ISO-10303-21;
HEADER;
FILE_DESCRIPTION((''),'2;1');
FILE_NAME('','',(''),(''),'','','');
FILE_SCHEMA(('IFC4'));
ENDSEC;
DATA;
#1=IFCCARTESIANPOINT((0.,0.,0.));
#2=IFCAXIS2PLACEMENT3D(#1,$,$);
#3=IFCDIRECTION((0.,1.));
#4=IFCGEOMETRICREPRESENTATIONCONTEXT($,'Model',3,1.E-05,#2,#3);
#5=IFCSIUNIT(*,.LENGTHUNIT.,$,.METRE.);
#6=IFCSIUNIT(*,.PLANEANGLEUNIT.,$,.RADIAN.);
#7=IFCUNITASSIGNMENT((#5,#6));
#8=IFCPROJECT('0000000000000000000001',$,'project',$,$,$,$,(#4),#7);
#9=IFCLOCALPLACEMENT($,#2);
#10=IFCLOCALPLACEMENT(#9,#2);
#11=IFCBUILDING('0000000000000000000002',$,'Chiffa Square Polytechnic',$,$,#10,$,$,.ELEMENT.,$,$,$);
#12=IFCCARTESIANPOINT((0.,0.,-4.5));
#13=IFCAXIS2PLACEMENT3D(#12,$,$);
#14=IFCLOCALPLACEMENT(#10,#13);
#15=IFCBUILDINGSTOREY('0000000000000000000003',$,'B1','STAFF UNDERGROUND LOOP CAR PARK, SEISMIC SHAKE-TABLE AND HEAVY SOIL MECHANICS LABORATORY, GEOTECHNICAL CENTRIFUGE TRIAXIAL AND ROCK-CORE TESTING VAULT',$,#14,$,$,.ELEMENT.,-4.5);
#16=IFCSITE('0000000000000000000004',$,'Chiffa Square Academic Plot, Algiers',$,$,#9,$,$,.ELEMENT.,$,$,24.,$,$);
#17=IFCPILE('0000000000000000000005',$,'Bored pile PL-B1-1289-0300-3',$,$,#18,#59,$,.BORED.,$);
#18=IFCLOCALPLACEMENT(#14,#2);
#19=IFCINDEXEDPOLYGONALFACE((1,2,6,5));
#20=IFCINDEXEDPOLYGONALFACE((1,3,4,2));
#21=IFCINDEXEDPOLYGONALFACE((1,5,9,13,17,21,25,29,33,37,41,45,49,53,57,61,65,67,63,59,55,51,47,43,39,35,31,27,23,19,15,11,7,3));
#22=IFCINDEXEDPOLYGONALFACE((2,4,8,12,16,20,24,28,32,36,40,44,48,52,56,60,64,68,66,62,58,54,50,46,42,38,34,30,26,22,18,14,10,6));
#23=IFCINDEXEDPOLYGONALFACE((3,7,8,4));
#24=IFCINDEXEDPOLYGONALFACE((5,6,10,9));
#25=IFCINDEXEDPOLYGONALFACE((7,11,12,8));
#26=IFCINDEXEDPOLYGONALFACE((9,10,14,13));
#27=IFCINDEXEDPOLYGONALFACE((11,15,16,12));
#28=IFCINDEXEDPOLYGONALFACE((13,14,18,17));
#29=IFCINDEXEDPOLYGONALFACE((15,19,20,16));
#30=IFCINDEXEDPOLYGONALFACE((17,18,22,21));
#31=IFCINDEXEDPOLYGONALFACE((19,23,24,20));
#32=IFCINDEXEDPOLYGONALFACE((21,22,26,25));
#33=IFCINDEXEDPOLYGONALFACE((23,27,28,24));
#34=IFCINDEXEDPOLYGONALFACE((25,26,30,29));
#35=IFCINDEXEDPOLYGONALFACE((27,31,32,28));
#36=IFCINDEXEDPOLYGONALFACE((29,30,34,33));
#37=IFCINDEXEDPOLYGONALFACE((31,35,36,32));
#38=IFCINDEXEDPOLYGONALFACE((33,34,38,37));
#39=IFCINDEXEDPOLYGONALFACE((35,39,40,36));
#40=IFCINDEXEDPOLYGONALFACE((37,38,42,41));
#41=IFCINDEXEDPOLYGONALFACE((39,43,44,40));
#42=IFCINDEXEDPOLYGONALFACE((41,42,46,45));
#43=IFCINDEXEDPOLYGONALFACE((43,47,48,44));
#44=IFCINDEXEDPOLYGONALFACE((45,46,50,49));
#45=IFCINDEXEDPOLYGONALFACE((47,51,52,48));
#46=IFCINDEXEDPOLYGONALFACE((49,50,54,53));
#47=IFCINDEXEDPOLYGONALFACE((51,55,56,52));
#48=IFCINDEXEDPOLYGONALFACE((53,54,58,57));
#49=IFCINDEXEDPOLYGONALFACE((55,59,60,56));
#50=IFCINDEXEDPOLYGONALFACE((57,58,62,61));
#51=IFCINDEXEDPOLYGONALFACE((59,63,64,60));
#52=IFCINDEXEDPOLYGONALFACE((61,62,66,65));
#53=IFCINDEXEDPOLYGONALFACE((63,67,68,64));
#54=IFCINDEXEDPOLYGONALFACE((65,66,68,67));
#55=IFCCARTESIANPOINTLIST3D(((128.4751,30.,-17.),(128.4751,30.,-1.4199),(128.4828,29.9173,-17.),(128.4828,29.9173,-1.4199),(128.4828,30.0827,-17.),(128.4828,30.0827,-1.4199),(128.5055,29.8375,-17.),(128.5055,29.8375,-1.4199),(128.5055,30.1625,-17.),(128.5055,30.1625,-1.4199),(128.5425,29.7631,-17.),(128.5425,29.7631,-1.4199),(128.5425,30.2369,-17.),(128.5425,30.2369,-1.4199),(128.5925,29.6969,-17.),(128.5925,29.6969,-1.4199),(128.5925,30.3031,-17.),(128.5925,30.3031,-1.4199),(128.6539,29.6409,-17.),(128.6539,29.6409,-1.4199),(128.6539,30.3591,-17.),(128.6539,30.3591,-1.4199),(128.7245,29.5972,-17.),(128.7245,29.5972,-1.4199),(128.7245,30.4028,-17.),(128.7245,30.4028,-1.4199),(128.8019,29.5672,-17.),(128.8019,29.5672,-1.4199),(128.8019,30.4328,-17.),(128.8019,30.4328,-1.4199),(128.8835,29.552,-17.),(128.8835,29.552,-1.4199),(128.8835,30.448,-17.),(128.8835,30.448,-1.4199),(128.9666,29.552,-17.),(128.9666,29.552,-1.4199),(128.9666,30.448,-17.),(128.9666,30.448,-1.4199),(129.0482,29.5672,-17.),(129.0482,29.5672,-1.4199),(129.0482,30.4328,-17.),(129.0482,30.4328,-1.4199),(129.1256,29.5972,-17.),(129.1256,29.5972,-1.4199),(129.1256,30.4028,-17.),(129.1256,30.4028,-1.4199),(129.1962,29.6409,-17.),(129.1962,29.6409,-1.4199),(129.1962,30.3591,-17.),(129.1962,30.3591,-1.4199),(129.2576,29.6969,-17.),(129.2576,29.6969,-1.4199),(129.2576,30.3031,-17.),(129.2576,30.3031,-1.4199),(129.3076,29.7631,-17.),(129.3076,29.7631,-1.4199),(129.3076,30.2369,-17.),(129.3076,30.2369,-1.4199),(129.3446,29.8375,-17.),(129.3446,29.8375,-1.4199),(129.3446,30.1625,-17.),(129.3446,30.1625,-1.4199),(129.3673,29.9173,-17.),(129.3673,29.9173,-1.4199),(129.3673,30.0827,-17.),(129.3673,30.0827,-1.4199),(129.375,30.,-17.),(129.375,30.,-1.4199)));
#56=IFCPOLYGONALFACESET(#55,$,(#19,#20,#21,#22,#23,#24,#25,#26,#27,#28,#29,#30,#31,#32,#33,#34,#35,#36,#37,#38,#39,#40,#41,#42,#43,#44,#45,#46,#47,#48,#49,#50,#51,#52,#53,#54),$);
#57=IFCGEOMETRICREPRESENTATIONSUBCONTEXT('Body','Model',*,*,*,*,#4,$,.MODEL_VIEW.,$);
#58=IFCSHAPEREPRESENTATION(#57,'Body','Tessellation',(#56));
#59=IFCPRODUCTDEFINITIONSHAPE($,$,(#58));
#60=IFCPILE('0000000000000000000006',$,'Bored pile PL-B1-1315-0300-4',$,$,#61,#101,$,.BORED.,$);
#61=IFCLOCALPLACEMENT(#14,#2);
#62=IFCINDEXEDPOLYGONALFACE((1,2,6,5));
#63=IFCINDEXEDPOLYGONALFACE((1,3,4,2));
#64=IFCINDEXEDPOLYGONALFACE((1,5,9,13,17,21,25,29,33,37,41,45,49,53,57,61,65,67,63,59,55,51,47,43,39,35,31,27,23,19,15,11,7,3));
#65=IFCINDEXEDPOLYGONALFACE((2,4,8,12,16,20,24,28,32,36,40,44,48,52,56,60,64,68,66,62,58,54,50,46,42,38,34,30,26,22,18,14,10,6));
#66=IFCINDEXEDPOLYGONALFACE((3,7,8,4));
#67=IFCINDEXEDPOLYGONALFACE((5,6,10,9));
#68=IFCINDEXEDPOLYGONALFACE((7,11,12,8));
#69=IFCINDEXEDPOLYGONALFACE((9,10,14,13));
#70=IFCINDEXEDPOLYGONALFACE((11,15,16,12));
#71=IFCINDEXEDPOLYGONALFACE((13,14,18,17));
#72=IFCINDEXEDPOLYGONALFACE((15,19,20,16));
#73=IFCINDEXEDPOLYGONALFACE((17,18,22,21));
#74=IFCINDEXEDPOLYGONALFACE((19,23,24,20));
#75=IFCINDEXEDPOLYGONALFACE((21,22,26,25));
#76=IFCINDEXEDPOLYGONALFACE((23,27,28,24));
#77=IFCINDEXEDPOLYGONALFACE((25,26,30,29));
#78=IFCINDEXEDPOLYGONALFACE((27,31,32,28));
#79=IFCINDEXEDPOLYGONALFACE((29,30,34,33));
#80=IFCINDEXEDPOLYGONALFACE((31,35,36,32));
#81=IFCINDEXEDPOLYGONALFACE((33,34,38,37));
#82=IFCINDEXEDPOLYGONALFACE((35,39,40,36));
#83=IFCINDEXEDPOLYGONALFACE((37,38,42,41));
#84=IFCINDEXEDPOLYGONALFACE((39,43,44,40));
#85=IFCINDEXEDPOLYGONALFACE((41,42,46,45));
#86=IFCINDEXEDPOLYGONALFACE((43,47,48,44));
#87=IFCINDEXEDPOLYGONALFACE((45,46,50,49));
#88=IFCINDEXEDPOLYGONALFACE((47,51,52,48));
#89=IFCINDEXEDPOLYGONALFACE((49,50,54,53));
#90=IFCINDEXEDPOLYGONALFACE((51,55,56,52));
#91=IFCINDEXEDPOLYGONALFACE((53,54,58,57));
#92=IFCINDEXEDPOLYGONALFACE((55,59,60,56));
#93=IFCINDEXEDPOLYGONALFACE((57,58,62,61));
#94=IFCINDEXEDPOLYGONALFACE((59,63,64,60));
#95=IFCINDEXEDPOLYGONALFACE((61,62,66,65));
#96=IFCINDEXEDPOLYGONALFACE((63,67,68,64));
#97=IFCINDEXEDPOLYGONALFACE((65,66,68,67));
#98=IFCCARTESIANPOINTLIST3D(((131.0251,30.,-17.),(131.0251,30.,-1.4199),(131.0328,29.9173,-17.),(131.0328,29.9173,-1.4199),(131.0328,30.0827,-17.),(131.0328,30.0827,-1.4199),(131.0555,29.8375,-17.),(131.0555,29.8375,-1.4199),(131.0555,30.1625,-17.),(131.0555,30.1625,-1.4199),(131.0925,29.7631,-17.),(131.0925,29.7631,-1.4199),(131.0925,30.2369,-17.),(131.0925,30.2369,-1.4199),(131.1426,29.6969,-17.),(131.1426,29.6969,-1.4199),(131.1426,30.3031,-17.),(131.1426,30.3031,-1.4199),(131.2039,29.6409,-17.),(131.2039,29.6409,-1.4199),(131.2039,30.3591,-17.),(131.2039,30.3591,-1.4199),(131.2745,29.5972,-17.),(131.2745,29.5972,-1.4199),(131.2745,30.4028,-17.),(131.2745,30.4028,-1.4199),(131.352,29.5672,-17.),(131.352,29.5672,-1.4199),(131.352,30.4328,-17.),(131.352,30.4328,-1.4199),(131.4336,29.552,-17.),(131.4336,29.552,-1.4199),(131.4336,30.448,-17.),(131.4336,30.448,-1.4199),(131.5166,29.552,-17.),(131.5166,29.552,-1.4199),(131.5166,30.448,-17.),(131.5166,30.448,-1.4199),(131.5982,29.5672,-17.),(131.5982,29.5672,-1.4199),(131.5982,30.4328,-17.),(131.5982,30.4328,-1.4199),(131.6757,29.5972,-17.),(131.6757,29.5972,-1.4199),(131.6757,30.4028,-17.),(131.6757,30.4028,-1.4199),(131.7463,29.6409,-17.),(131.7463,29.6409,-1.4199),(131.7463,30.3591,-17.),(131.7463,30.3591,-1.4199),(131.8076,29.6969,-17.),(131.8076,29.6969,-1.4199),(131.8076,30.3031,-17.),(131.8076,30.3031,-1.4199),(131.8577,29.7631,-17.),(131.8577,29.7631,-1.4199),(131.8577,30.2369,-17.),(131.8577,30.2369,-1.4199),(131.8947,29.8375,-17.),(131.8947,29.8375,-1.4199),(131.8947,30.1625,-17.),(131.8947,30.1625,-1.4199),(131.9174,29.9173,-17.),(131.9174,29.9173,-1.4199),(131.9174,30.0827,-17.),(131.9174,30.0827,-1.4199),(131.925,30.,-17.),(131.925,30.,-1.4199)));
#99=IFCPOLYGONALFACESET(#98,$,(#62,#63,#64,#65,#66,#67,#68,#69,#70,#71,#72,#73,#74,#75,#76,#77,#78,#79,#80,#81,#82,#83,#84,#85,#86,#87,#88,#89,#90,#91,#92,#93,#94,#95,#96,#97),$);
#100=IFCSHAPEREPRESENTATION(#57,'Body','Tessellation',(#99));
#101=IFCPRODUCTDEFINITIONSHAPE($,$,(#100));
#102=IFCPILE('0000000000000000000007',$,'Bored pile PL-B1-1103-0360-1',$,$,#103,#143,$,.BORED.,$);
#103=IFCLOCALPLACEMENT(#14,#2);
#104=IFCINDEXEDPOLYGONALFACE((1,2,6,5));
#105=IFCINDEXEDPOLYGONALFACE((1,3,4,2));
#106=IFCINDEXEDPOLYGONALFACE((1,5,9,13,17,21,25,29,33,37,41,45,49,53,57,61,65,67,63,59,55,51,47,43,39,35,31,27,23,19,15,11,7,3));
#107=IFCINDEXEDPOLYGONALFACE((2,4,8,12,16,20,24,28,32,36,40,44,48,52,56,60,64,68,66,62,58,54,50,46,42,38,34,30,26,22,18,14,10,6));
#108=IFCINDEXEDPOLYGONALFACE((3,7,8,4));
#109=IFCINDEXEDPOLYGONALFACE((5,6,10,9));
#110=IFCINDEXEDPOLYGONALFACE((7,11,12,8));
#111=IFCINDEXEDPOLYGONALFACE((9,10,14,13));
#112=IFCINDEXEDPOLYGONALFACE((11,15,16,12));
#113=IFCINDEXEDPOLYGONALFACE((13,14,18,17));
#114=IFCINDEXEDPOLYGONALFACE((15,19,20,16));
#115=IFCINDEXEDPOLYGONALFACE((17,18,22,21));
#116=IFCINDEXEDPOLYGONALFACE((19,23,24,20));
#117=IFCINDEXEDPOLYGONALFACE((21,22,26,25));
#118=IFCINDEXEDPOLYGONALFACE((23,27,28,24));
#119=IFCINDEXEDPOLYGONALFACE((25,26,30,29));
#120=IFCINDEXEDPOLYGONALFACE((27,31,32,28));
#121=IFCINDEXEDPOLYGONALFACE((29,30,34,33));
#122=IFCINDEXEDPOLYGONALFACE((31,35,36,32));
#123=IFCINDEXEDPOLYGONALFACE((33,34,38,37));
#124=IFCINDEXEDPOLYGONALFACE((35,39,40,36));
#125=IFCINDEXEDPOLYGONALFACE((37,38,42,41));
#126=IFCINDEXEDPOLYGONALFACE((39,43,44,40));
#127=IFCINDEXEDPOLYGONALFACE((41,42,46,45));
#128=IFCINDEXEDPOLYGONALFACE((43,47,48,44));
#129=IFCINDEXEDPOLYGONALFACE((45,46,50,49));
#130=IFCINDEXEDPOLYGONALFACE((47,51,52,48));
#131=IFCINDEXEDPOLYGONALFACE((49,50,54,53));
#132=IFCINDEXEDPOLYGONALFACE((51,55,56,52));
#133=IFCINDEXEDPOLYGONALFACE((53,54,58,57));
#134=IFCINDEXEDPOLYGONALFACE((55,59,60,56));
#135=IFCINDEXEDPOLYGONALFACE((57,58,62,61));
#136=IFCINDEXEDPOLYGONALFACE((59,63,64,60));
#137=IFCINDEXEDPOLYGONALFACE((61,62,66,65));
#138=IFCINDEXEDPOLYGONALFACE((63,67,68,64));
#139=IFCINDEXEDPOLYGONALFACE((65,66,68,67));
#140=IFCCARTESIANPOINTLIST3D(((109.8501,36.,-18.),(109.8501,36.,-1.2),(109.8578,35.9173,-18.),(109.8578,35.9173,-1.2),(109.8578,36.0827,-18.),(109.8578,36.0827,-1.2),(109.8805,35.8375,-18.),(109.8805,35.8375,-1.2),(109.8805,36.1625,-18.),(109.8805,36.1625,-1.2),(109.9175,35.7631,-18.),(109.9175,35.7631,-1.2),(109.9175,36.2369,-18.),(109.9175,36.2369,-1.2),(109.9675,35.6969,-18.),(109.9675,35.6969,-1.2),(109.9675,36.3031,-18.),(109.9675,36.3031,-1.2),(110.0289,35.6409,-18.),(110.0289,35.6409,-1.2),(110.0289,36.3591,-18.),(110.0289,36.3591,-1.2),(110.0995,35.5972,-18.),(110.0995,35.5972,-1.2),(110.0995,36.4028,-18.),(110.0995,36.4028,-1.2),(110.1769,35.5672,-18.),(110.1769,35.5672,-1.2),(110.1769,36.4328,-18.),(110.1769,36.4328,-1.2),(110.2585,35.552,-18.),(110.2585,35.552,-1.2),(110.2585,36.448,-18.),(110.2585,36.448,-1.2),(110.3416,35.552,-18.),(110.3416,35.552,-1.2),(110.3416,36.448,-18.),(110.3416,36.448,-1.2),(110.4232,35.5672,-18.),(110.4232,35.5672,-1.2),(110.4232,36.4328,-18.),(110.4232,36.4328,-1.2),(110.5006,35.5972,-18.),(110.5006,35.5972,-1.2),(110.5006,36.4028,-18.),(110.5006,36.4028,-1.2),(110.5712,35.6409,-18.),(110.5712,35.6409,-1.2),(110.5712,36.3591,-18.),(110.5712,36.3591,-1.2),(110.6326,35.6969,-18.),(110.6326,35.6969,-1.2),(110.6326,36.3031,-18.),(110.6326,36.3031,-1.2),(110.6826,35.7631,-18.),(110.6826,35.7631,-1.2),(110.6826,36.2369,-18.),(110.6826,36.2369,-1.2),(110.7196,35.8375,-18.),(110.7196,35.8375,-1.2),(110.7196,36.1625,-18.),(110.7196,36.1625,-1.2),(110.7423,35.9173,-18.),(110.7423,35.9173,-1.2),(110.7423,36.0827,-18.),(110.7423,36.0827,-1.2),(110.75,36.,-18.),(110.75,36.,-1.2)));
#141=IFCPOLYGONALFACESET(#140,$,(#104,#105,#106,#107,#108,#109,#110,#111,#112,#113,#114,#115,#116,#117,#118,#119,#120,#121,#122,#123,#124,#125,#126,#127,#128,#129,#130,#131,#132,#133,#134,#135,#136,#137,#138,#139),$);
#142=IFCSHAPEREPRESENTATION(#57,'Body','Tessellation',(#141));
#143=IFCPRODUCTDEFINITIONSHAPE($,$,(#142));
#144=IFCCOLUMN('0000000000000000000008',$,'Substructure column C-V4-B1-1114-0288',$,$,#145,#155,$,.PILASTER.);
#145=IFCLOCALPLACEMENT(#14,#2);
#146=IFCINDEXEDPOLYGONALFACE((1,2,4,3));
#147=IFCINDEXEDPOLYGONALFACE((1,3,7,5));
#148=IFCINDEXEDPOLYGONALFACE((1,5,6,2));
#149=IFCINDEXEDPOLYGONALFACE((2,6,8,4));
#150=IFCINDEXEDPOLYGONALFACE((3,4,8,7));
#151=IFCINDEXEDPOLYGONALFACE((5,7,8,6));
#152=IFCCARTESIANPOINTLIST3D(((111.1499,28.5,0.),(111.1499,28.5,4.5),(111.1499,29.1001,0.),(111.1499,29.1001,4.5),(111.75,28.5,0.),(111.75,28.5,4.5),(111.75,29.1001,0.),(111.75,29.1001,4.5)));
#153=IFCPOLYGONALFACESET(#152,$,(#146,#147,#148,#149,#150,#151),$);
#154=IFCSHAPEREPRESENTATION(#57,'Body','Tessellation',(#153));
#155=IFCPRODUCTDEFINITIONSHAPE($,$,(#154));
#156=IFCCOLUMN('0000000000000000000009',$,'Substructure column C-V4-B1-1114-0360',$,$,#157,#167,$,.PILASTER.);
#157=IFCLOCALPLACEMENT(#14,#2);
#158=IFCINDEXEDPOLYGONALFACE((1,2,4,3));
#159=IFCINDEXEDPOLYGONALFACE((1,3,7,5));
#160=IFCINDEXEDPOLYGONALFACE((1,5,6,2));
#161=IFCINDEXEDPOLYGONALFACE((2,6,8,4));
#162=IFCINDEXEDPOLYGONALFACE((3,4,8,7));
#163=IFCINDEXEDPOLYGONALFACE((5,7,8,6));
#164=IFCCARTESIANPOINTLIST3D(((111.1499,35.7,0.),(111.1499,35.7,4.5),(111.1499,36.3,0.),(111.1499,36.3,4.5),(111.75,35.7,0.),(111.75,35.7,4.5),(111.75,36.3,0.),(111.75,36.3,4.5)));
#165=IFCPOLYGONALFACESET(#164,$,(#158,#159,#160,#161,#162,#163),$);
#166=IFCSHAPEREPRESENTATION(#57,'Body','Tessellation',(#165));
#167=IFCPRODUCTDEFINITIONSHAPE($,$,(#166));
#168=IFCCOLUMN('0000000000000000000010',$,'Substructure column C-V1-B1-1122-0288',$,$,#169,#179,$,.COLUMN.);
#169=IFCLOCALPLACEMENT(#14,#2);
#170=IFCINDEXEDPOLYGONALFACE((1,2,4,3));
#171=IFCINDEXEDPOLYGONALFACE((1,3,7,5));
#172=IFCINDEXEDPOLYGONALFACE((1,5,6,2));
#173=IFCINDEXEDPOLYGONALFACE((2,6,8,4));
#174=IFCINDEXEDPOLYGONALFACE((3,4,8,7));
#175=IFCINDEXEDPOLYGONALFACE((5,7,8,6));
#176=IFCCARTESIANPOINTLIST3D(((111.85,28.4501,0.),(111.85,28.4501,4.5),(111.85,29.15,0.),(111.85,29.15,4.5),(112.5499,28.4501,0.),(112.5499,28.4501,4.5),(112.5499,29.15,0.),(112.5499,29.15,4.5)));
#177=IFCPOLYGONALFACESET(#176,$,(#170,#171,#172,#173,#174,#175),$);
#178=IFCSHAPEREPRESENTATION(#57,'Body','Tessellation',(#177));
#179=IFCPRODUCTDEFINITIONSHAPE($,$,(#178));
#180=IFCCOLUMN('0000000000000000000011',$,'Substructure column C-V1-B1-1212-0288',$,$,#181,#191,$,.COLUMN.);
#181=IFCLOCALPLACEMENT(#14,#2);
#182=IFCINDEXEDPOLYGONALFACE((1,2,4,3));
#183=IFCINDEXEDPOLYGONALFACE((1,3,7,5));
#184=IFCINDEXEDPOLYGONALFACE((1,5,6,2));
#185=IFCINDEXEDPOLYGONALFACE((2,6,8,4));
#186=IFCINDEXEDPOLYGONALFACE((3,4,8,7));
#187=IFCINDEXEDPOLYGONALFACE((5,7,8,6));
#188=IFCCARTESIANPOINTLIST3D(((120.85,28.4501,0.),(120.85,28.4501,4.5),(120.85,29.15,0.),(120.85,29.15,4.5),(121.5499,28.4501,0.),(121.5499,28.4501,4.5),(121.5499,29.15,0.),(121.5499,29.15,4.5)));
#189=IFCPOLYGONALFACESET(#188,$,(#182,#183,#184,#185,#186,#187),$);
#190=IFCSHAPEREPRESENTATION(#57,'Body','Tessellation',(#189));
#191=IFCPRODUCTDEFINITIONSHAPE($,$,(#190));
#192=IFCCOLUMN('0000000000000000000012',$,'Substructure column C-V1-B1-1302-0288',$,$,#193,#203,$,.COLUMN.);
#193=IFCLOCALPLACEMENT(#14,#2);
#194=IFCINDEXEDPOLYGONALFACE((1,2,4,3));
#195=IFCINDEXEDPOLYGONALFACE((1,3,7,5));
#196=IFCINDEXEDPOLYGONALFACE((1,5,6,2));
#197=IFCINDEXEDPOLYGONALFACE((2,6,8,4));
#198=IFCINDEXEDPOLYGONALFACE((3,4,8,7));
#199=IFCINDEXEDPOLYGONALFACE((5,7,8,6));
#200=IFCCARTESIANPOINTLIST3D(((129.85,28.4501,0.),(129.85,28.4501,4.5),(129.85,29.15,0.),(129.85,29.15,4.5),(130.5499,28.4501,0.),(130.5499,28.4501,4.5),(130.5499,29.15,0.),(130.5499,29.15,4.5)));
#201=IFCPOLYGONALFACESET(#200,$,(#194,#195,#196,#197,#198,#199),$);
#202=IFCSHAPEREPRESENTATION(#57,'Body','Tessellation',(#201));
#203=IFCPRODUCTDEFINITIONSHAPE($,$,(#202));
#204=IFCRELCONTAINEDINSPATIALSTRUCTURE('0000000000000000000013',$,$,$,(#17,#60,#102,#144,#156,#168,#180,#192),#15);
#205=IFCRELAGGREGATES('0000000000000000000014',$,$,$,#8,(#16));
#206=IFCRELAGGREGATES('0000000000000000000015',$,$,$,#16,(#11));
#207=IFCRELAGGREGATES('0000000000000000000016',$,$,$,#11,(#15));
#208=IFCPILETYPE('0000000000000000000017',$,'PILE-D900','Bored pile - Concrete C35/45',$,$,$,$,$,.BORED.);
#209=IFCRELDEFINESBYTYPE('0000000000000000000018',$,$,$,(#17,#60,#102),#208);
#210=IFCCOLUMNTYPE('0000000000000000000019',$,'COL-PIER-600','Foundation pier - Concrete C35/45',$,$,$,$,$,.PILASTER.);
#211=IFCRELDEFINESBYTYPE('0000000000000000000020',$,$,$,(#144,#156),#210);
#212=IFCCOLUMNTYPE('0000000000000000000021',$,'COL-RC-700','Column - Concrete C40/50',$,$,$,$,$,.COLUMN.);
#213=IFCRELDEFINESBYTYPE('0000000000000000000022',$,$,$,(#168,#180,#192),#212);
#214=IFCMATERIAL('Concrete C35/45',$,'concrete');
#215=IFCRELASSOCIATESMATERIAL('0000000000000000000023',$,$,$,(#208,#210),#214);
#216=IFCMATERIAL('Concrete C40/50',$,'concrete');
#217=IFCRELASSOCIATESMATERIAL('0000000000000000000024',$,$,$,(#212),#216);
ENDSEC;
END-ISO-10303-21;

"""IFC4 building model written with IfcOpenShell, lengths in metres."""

from ifc_helpers import new_model, si_unit, direction, frame, origin, origin_2d, place, context, subcontext, project, spatial, rectangle, circle, extrude, material, material_profile, profile_set, type_object, element, save


model = new_model("IFC4")

# Units and contexts
model_context = context("Model", 3, precision=1e-05, world=origin(), true_north=direction((0.0, 1.0)))
body_context = subcontext(model_context, "Body", "Model", "MODEL_VIEW")
ifc_project = project(units=[si_unit("LENGTHUNIT", "METRE"), si_unit("PLANEANGLEUNIT", "RADIAN")], contexts=[model_context])

# Site, building, storey
site_placement = place(None, origin())
site = spatial("IfcSite", under=ifc_project, at=site_placement, Name="Chiffa Square Academic Plot, Algiers", CompositionType="ELEMENT", RefElevation=24.0)
building_placement = place(site_placement, origin())
building = spatial("IfcBuilding", under=site, at=building_placement, Name="Chiffa Square Polytechnic", CompositionType="ELEMENT")
storey_placement = place(building_placement, frame((0.0, 0.0, -4.5)))
storey = spatial("IfcBuildingStorey", under=building, at=storey_placement, Name="B1", Description="STAFF UNDERGROUND LOOP CAR PARK, SEISMIC SHAKE-TABLE AND HEAVY SOIL MECHANICS LABORATORY, GEOTECHNICAL CENTRIFUGE TRIAXIAL AND ROCK-CORE TESTING VAULT", CompositionType="ELEMENT", Elevation=-4.5)

# Shared definitions
ifc_material_1 = material(Name="Concrete C35/45", Category="concrete")

# Piles
ifc_material_profile_1 = material_profile(ifc_material_1, circle(Radius=0.45, at=origin_2d()), Name="PILE D900")
ifc_profile_set_1 = profile_set([ifc_material_profile_1], Name="Concrete C35/45")
pile_type_1 = type_object("IfcPileType", Name="PILE-D900", Description="Bored pile - Concrete C35/45", PredefinedType="BORED", material=ifc_profile_set_1)
for number, where, z_axis, x_axis, name in (
    (1, (128.925, 30.0, -1.4199), (0.0, 0.0, -1.0), (1.0, 0.0, 0.0), "Bored pile PL-B1-1289-0300-3"),
    (2, (131.4751, 30.0, -1.4199), (0.0, 0.0, -1.0), (1.0, 0.0, 0.0), "Bored pile PL-B1-1315-0300-4"),
):
    element("IfcPile", number, at=place(storey_placement, frame(where, z_axis=z_axis, x_axis=x_axis)), inside=storey, type_object=pile_type_1, Name=name, PredefinedType="BORED", context=body_context, shape_type="SweptSolid", body=[
        extrude(circle(Radius=0.45, at=origin_2d()), origin(), (0.0, 0.0, 1.0), 15.5801),
    ])
pile_placement = place(storey_placement, frame((110.3, 36.0, -1.2), z_axis=(0.0, 0.0, -1.0), x_axis=(1.0, 0.0, 0.0)))
element("IfcPile", 3, at=pile_placement, inside=storey, type_object=pile_type_1, Name="Bored pile PL-B1-1103-0360-1", PredefinedType="BORED", context=body_context, shape_type="SweptSolid", body=[
    extrude(circle(Radius=0.45, at=origin_2d()), origin(), (0.0, 0.0, 1.0), 16.8),
])

# Columns
ifc_material_profile_2 = material_profile(ifc_material_1, rectangle(XDim=0.6001, YDim=0.6001, at=origin_2d()), Name="RC 600x600")
ifc_profile_set_2 = profile_set([ifc_material_profile_2], Name="Concrete C35/45")
column_type_1 = type_object("IfcColumnType", Name="COL-PIER-600", Description="Foundation pier - Concrete C35/45", PredefinedType="PILASTER", material=ifc_profile_set_2)
for number, where, z_axis, x_axis, name in (
    (4, (111.45, 28.8, 0.0), (0.0, 0.0, 1.0), (1.0, 0.0, 0.0), "Substructure column C-V4-B1-1114-0288"),
    (5, (111.45, 36.0, 0.0), (0.0, 0.0, 1.0), (1.0, 0.0, 0.0), "Substructure column C-V4-B1-1114-0360"),
):
    element("IfcColumn", number, at=place(storey_placement, frame(where, z_axis=z_axis, x_axis=x_axis)), inside=storey, type_object=column_type_1, Name=name, PredefinedType="PILASTER", context=body_context, shape_type="SweptSolid", body=[
        extrude(rectangle(XDim=0.6001, YDim=0.6001, at=origin_2d()), origin(), (0.0, 0.0, 1.0), 4.5),
    ])
ifc_material_2 = material(Name="Concrete C40/50", Category="concrete")
ifc_material_profile_3 = material_profile(ifc_material_2, rectangle(XDim=0.7, YDim=0.7, at=origin_2d()), Name="RC 700x700")
ifc_profile_set_3 = profile_set([ifc_material_profile_3], Name="Concrete C40/50")
column_type_2 = type_object("IfcColumnType", Name="COL-RC-700", Description="Column - Concrete C40/50", PredefinedType="COLUMN", material=ifc_profile_set_3)
for number, where, z_axis, x_axis, name in (
    (6, (112.2, 28.8, 0.0), (0.0, 0.0, 1.0), (1.0, 0.0, 0.0), "Substructure column C-V1-B1-1122-0288"),
    (7, (121.2, 28.8, 0.0), (0.0, 0.0, 1.0), (1.0, 0.0, 0.0), "Substructure column C-V1-B1-1212-0288"),
    (8, (130.2, 28.8, 0.0), (0.0, 0.0, 1.0), (1.0, 0.0, 0.0), "Substructure column C-V1-B1-1302-0288"),
):
    element("IfcColumn", number, at=place(storey_placement, frame(where, z_axis=z_axis, x_axis=x_axis)), inside=storey, type_object=column_type_2, Name=name, PredefinedType="COLUMN", context=body_context, shape_type="SweptSolid", body=[
        extrude(rectangle(XDim=0.7, YDim=0.7, at=origin_2d()), origin(), (0.0, 0.0, 1.0), 4.5),
    ])

save(model, "model.ifc")
